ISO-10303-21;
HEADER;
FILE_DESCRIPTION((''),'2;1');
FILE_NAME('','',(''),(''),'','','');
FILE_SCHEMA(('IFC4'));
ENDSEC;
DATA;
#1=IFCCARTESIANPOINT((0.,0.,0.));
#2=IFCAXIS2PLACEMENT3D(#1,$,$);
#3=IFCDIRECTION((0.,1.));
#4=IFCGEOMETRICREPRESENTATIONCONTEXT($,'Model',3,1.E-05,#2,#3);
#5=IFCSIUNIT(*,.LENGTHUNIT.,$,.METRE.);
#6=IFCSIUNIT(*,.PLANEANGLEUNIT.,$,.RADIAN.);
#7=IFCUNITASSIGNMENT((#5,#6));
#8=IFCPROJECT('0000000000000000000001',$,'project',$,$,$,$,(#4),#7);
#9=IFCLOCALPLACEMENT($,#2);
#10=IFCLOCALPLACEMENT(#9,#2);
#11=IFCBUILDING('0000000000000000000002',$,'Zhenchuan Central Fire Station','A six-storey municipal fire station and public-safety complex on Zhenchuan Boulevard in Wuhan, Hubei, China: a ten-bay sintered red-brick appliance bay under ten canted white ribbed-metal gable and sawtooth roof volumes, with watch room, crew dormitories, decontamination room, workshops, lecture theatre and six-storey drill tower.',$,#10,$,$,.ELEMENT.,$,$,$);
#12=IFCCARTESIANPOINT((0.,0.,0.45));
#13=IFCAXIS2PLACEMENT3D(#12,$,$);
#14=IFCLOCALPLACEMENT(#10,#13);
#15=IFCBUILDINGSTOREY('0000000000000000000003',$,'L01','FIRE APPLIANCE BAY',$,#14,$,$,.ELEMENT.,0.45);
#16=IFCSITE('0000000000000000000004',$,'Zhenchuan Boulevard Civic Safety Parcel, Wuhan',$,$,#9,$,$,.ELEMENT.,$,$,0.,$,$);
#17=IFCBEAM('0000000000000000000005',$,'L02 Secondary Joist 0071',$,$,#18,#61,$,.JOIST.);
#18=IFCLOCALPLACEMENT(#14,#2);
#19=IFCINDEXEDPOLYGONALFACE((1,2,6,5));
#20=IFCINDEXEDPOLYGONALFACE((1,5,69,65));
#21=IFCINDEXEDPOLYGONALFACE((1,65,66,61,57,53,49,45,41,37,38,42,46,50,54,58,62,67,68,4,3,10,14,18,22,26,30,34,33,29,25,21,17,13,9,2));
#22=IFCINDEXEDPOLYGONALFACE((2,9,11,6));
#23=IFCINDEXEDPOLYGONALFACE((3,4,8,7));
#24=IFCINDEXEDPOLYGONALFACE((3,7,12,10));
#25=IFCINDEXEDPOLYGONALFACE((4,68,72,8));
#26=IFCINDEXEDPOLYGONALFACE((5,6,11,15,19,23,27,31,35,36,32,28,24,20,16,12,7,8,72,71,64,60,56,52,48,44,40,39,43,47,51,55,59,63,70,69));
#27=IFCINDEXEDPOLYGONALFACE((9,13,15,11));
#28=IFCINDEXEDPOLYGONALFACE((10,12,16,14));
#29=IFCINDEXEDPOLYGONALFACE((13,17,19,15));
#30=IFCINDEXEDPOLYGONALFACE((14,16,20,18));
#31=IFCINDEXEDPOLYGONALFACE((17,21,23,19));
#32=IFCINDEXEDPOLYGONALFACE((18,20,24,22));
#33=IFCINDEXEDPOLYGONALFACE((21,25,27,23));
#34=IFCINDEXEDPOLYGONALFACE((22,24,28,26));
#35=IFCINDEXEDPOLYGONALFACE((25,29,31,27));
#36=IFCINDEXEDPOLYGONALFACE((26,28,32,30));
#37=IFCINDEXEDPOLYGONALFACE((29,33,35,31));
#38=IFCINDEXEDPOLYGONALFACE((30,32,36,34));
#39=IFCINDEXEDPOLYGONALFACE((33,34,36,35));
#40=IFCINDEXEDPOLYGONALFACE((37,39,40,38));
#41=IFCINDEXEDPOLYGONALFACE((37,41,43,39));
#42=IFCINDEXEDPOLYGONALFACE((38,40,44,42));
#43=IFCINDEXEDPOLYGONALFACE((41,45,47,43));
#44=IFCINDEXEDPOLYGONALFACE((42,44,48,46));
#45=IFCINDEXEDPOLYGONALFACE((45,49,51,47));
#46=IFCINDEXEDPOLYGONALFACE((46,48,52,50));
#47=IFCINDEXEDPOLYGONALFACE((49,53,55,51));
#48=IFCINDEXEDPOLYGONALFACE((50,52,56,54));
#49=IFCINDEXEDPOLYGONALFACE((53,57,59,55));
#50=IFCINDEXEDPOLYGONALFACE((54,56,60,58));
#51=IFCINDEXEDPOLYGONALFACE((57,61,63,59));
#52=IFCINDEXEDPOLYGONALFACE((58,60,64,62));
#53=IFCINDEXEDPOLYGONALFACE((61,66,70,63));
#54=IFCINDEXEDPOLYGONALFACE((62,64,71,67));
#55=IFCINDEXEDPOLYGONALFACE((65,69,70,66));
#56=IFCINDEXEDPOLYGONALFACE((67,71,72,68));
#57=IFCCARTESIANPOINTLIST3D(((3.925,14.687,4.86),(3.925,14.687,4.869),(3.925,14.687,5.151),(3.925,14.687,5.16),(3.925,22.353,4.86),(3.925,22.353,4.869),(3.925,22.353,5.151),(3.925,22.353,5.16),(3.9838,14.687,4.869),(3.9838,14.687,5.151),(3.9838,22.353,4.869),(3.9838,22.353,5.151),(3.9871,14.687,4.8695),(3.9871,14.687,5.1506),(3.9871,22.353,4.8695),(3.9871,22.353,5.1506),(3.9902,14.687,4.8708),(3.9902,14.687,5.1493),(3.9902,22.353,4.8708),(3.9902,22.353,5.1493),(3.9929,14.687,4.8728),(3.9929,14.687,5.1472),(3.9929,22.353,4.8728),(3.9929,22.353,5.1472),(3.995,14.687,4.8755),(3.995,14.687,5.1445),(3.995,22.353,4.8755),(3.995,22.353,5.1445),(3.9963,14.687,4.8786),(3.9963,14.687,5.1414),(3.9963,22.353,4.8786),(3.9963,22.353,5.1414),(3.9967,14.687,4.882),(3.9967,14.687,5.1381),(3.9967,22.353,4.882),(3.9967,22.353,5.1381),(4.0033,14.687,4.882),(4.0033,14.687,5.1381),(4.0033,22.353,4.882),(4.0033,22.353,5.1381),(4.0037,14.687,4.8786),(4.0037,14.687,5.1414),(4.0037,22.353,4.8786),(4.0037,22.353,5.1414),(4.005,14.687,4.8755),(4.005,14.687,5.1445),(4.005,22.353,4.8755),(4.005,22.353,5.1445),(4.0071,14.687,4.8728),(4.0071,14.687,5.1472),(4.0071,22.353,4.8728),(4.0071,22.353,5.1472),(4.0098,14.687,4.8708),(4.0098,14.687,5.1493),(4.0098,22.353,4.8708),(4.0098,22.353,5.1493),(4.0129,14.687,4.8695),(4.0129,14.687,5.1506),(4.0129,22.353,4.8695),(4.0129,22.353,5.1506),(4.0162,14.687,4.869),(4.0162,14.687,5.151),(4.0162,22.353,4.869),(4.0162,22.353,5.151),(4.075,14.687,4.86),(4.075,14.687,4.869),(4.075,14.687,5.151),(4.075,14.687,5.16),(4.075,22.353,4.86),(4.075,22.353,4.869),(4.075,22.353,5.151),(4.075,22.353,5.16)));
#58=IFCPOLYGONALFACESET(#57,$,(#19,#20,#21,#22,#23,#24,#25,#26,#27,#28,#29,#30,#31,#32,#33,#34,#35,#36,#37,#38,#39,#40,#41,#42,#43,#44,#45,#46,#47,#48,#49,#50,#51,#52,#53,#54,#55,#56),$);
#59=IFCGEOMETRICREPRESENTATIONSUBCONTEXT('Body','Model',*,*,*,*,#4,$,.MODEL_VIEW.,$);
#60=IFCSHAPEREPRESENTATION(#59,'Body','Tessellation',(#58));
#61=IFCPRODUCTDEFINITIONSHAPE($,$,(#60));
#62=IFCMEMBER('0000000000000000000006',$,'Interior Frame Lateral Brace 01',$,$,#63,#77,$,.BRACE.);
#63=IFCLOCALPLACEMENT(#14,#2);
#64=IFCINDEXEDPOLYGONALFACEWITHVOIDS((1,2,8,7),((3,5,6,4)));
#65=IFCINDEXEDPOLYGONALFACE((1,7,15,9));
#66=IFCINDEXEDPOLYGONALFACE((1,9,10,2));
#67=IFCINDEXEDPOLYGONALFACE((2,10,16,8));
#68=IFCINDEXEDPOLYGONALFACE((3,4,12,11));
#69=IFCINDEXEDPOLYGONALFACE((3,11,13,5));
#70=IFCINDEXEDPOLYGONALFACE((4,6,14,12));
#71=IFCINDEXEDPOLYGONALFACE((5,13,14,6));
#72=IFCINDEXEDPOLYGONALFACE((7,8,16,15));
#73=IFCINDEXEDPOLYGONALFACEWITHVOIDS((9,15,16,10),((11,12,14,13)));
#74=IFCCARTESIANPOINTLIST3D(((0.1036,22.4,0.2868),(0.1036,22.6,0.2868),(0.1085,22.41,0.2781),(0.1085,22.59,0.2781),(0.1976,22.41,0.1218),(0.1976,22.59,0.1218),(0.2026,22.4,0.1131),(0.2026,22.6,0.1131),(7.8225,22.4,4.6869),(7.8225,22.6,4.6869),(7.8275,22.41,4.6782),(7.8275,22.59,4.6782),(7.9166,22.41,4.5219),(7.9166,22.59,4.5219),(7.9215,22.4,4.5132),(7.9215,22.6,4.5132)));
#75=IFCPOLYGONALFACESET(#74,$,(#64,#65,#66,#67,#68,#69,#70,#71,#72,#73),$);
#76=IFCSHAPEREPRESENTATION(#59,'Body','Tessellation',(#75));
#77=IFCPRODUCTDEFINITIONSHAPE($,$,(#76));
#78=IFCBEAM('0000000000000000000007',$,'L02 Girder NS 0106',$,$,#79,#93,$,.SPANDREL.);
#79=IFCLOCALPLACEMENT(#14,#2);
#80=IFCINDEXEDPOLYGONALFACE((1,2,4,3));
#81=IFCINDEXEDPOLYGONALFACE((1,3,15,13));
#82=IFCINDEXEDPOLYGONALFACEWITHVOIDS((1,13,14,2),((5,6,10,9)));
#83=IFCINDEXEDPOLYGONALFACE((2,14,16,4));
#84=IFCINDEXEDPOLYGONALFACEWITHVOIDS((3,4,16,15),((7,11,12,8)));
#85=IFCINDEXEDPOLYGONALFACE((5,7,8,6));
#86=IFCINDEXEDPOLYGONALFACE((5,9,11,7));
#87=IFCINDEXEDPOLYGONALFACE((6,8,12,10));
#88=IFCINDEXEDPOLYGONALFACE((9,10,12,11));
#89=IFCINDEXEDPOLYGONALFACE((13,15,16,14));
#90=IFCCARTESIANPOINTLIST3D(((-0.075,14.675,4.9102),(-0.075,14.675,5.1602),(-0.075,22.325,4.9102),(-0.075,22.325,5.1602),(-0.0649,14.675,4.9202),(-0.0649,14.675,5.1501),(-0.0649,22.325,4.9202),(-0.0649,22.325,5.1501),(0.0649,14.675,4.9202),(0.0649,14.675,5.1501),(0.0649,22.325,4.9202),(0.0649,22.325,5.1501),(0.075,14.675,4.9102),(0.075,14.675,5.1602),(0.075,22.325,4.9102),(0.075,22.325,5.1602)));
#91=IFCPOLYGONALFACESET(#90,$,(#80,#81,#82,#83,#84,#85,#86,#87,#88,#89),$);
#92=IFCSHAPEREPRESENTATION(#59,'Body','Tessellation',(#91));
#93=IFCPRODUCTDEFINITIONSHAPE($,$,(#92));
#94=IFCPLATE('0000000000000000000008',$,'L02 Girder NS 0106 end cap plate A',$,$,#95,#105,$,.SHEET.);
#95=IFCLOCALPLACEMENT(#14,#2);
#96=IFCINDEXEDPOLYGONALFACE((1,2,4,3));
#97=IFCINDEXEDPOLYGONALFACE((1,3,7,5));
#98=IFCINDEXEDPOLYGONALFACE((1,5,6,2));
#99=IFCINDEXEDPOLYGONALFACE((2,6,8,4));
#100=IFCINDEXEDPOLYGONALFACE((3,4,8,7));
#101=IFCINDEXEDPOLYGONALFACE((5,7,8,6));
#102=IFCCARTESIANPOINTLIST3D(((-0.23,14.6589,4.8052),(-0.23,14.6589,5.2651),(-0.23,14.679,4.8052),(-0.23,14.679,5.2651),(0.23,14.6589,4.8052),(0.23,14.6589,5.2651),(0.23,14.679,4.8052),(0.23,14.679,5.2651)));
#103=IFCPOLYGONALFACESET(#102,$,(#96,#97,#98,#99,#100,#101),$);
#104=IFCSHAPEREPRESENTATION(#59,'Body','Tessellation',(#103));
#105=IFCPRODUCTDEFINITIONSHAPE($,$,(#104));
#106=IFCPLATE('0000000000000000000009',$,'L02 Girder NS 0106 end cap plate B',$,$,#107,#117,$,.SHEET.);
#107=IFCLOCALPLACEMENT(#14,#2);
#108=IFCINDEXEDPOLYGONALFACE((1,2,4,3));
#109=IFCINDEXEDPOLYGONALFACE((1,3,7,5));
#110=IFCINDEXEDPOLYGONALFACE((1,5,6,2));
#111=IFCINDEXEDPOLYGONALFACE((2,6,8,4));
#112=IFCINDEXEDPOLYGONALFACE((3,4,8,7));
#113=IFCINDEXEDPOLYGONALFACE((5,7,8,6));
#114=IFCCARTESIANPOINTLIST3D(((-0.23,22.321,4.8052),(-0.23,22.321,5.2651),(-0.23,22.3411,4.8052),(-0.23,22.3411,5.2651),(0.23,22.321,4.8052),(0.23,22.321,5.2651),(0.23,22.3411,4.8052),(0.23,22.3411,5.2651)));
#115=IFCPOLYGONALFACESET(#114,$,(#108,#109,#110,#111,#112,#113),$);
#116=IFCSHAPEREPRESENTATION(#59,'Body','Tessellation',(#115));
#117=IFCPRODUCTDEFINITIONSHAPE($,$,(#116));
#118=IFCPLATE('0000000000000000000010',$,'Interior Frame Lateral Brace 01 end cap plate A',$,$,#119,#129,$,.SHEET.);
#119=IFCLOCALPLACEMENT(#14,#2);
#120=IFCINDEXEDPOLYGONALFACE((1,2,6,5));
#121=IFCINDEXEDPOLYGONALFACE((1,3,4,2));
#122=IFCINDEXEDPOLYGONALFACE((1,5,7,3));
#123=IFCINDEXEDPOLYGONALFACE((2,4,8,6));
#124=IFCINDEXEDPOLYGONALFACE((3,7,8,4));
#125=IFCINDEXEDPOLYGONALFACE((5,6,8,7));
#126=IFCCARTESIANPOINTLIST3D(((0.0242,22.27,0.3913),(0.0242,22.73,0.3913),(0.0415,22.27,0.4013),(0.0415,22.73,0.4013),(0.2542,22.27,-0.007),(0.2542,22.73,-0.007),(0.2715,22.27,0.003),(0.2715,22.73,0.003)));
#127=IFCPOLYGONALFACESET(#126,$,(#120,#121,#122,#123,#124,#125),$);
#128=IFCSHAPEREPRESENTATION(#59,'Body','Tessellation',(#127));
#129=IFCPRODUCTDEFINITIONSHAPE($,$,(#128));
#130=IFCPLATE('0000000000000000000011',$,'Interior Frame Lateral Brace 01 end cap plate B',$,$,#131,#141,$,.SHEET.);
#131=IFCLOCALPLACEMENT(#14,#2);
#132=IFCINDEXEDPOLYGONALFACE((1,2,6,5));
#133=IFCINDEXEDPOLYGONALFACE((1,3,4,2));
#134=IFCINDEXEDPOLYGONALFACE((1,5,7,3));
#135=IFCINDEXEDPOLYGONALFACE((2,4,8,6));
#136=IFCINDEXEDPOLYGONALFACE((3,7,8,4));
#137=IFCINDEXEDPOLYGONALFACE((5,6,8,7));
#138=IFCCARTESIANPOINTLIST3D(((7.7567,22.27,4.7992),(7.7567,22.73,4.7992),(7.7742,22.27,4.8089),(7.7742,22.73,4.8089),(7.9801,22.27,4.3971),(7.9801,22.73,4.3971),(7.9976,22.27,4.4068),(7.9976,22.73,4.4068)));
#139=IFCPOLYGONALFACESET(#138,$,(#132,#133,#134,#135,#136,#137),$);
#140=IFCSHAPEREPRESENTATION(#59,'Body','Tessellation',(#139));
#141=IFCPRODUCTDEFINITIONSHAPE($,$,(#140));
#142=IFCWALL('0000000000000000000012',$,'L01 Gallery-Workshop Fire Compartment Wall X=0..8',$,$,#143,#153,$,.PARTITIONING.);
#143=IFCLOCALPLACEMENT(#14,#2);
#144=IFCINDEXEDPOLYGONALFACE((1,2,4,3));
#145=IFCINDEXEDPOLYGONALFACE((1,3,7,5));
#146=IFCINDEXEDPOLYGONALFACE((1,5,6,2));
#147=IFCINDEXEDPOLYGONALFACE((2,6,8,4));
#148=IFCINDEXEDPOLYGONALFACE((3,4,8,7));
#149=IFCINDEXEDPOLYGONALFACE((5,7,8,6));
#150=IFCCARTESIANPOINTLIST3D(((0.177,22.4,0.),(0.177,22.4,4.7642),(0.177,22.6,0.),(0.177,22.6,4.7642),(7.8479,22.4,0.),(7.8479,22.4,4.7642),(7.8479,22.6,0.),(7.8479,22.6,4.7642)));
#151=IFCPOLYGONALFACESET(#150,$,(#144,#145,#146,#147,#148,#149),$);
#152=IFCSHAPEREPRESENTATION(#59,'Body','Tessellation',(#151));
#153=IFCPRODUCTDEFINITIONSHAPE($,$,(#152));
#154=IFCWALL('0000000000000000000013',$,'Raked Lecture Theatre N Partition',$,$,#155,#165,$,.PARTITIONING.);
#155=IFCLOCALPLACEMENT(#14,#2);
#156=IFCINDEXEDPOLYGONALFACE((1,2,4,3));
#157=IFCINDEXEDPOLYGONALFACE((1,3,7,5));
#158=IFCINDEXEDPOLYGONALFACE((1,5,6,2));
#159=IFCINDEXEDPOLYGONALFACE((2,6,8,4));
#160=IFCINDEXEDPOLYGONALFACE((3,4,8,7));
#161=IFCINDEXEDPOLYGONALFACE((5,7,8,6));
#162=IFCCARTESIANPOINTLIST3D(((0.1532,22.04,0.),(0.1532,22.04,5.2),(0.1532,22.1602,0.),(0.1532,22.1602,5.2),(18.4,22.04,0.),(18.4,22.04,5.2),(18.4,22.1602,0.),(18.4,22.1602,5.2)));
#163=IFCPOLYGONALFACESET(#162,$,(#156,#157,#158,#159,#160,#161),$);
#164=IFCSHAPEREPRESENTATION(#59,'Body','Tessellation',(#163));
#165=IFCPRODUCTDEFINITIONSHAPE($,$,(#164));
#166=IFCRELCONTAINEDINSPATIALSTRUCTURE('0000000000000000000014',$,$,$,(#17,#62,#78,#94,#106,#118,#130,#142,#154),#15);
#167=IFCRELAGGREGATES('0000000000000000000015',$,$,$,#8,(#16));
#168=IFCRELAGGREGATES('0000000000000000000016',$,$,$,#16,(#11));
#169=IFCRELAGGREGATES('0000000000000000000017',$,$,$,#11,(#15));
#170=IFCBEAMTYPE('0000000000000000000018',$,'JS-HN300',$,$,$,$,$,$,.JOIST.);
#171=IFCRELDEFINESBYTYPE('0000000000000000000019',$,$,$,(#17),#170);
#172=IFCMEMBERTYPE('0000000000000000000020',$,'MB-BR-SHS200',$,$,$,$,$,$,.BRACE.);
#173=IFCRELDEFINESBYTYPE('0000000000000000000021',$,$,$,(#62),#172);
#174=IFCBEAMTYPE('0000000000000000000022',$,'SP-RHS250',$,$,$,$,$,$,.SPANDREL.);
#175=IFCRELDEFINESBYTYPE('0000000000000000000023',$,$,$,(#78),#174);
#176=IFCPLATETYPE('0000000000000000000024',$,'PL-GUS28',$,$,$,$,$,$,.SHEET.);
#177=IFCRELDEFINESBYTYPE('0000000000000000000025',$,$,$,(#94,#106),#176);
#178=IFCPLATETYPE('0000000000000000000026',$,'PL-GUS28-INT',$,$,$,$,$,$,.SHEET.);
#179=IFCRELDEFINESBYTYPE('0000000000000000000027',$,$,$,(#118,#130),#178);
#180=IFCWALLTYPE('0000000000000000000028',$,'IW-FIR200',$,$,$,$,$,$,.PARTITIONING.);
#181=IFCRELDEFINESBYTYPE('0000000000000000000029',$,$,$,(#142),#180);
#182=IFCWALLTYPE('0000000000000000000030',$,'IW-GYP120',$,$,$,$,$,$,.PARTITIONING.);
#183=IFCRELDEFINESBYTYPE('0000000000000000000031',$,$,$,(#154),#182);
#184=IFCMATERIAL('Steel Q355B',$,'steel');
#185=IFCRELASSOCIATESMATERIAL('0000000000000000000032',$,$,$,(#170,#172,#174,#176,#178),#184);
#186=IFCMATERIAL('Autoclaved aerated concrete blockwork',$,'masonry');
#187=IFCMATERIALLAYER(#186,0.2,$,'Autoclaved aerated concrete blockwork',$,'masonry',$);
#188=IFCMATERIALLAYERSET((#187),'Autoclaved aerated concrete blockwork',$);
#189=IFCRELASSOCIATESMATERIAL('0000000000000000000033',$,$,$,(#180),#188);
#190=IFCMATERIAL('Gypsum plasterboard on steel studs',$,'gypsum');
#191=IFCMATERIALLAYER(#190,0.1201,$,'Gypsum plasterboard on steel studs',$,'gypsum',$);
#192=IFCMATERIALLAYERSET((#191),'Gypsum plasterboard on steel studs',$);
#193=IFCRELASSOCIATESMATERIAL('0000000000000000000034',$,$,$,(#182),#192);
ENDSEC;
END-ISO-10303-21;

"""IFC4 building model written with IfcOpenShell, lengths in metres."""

from ifc_helpers import new_model, si_unit, direction, frame, frame_2d, origin, origin_2d, place, context, subcontext, project, spatial, rectangle, hollow_rectangle, i_section, extrude, material, layer, layer_set, material_profile, profile_set, type_object, element, save


model = new_model("IFC4")

# Units and contexts
model_context = context("Model", 3, precision=1e-05, world=origin(), true_north=direction((0.0, 1.0)))
body_context = subcontext(model_context, "Body", "Model", "MODEL_VIEW")
ifc_project = project(units=[si_unit("LENGTHUNIT", "METRE"), si_unit("PLANEANGLEUNIT", "RADIAN")], contexts=[model_context])

# Site, building, storey
site_placement = place(None, origin())
site = spatial("IfcSite", under=ifc_project, at=site_placement, Name="Zhenchuan Boulevard Civic Safety Parcel, Wuhan", CompositionType="ELEMENT", RefElevation=0.0)
building_placement = place(site_placement, origin())
building = spatial("IfcBuilding", under=site, at=building_placement, Name="Zhenchuan Central Fire Station", Description="A six-storey municipal fire station and public-safety complex on Zhenchuan Boulevard in Wuhan, Hubei, China: a ten-bay sintered red-brick appliance bay under ten canted white ribbed-metal gable and sawtooth roof volumes, with watch room, crew dormitories, decontamination room, workshops, lecture theatre and six-storey drill tower.", CompositionType="ELEMENT")
storey_placement = place(building_placement, frame((0.0, 0.0, 0.45)))
storey = spatial("IfcBuildingStorey", under=building, at=storey_placement, Name="L01", Description="FIRE APPLIANCE BAY", CompositionType="ELEMENT", Elevation=0.45)

# Shared definitions
ifc_material_1 = material(Name="Steel Q355B", Category="steel")

# Beam
ifc_material_profile_1 = material_profile(ifc_material_1, i_section(OverallWidth=0.1499, OverallDepth=0.3, WebThickness=0.0066, FlangeThickness=0.009, FilletRadius=0.0129, at=origin_2d()), Name="HN 300x150")
ifc_profile_set_1 = profile_set([ifc_material_profile_1], Name="Steel Q355B")
beam_type_1 = type_object("IfcBeamType", Name="JS-HN300", PredefinedType="JOIST", material=ifc_profile_set_1)
beam_1_placement = place(storey_placement, frame((4.0, 14.687, 5.01), z_axis=(0.0, 1.0, 0.0), x_axis=(-1.0, 0.0, 0.0)))
element("IfcBeam", 1, at=beam_1_placement, inside=storey, type_object=beam_type_1, Name="L02 Secondary Joist 0071", PredefinedType="JOIST", context=body_context, shape_type="SweptSolid", body=[
    extrude(i_section(OverallWidth=0.1499, OverallDepth=0.3, WebThickness=0.0066, FlangeThickness=0.009, FilletRadius=0.0129, at=origin_2d()), origin(), (0.0, 0.0, 1.0), 7.666),
])

# Member
ifc_material_profile_2 = material_profile(ifc_material_1, hollow_rectangle(XDim=0.2, YDim=0.2, WallThickness=0.01, at=origin_2d()), Name="SHS 200x200x10")
ifc_profile_set_2 = profile_set([ifc_material_profile_2], Name="Steel Q355B")
member_type = type_object("IfcMemberType", Name="MB-BR-SHS200", PredefinedType="BRACE", material=ifc_profile_set_2)
member_placement = place(storey_placement, frame((0.1531, 22.5, 0.2), z_axis=(0.868762, 0.0, 0.49523), x_axis=(0.0, 1.0, 0.0)))
element("IfcMember", 2, at=member_placement, inside=storey, type_object=member_type, Name="Interior Frame Lateral Brace 01", PredefinedType="BRACE", context=body_context, shape_type="SweptSolid", body=[
    extrude(hollow_rectangle(XDim=0.2, YDim=0.2, WallThickness=0.01, at=origin_2d()), origin(), (0.0, 0.0, 1.0), 8.885),
])

# Beam
ifc_material_profile_3 = material_profile(ifc_material_1, hollow_rectangle(XDim=0.1499, YDim=0.25, WallThickness=0.01, at=origin_2d()), Name="RHS 250x150x10")
ifc_profile_set_3 = profile_set([ifc_material_profile_3], Name="Steel Q355B")
beam_type_2 = type_object("IfcBeamType", Name="SP-RHS250", PredefinedType="SPANDREL", material=ifc_profile_set_3)
beam_2_placement = place(storey_placement, frame((0.0, 14.675, 5.0352), z_axis=(0.0, 1.0, 0.0), x_axis=(-1.0, 0.0, 0.0)))
element("IfcBeam", 3, at=beam_2_placement, inside=storey, type_object=beam_type_2, Name="L02 Girder NS 0106", PredefinedType="SPANDREL", context=body_context, shape_type="SweptSolid", body=[
    extrude(hollow_rectangle(XDim=0.1499, YDim=0.25, WallThickness=0.01, at=origin_2d()), origin(), (0.0, 0.0, 1.0), 7.6499),
])

# Plates
ifc_material_profile_4 = material_profile(ifc_material_1, rectangle(XDim=0.46, YDim=0.46, at=origin_2d()), Name="PL 460x460x28")
ifc_profile_set_4 = profile_set([ifc_material_profile_4], Name="Steel Q355B")
plate_type_1 = type_object("IfcPlateType", Name="PL-GUS28", PredefinedType="SHEET", material=ifc_profile_set_4)
for number, where, z_axis, x_axis, name in (
    (4, (0.0, 14.6589, 5.0352), (0.0, 1.0, 0.0), (-1.0, 0.0, 0.0), "L02 Girder NS 0106 end cap plate A"),
    (5, (0.0, 22.321, 5.0352), (0.0, 1.0, 0.0), (-1.0, 0.0, 0.0), "L02 Girder NS 0106 end cap plate B"),
):
    element("IfcPlate", number, at=place(storey_placement, frame(where, z_axis=z_axis, x_axis=x_axis)), inside=storey, type_object=plate_type_1, Name=name, PredefinedType="SHEET", context=body_context, shape_type="SweptSolid", body=[
        extrude(rectangle(XDim=0.46, YDim=0.46, at=origin_2d()), origin(), (0.0, 0.0, 1.0), 0.02),
    ])
ifc_material_profile_5 = material_profile(ifc_material_1, rectangle(XDim=0.46, YDim=0.46, at=origin_2d()), Name="PL 460x460x28")
ifc_profile_set_5 = profile_set([ifc_material_profile_5], Name="Steel Q355B")
plate_type_2 = type_object("IfcPlateType", Name="PL-GUS28-INT", PredefinedType="SHEET", material=ifc_profile_set_5)
for number, where, z_axis, x_axis, name in (
    (6, (0.1392, 22.5, 0.1921), (0.865982, 0.0, 0.500074), (0.0, 1.0, 0.0), "Interior Frame Lateral Brace 01 end cap plate A"),
    (7, (7.8684, 22.5, 4.5981), (0.874157, 0.0, 0.485643), (0.0, 1.0, 0.0), "Interior Frame Lateral Brace 01 end cap plate B"),
):
    element("IfcPlate", number, at=place(storey_placement, frame(where, z_axis=z_axis, x_axis=x_axis)), inside=storey, type_object=plate_type_2, Name=name, PredefinedType="SHEET", context=body_context, shape_type="SweptSolid", body=[
        extrude(rectangle(XDim=0.46, YDim=0.46, at=origin_2d()), origin(), (0.0, 0.0, 1.0), 0.02),
    ])

# Walls
ifc_material_2 = material(Name="Autoclaved aerated concrete blockwork", Category="masonry")
ifc_layer_1 = layer(ifc_material_2, 0.2, Name="Autoclaved aerated concrete blockwork", Category="masonry")
ifc_layer_set_1 = layer_set([ifc_layer_1], Name="Autoclaved aerated concrete blockwork")
wall_type_1 = type_object("IfcWallType", Name="IW-FIR200", PredefinedType="PARTITIONING", material=ifc_layer_set_1)
wall_1_placement = place(storey_placement, frame((0.177, 22.5, 0.0), z_axis=(0.0, 0.0, 1.0), x_axis=(1.0, 0.0, 0.0)))
element("IfcWall", 8, at=wall_1_placement, inside=storey, type_object=wall_type_1, Name="L01 Gallery-Workshop Fire Compartment Wall X=0..8", PredefinedType="PARTITIONING", context=body_context, shape_type="SweptSolid", body=[
    extrude(rectangle(XDim=7.6709, YDim=0.2, at=frame_2d((3.8354, 0.0))), origin(), (0.0, 0.0, 1.0), 4.7642),
])
ifc_material_3 = material(Name="Gypsum plasterboard on steel studs", Category="gypsum")
ifc_layer_2 = layer(ifc_material_3, 0.1201, Name="Gypsum plasterboard on steel studs", Category="gypsum")
ifc_layer_set_2 = layer_set([ifc_layer_2], Name="Gypsum plasterboard on steel studs")
wall_type_2 = type_object("IfcWallType", Name="IW-GYP120", PredefinedType="PARTITIONING", material=ifc_layer_set_2)
wall_2_placement = place(storey_placement, frame((0.1531, 22.1001, 0.0), z_axis=(0.0, 0.0, 1.0), x_axis=(1.0, 0.0, 0.0)))
element("IfcWall", 9, at=wall_2_placement, inside=storey, type_object=wall_type_2, Name="Raked Lecture Theatre N Partition", PredefinedType="PARTITIONING", context=body_context, shape_type="SweptSolid", body=[
    extrude(rectangle(XDim=18.2468, YDim=0.1201, at=frame_2d((9.1235, 0.0))), origin(), (0.0, 0.0, 1.0), 5.2),
])

save(model, "model.ifc")
